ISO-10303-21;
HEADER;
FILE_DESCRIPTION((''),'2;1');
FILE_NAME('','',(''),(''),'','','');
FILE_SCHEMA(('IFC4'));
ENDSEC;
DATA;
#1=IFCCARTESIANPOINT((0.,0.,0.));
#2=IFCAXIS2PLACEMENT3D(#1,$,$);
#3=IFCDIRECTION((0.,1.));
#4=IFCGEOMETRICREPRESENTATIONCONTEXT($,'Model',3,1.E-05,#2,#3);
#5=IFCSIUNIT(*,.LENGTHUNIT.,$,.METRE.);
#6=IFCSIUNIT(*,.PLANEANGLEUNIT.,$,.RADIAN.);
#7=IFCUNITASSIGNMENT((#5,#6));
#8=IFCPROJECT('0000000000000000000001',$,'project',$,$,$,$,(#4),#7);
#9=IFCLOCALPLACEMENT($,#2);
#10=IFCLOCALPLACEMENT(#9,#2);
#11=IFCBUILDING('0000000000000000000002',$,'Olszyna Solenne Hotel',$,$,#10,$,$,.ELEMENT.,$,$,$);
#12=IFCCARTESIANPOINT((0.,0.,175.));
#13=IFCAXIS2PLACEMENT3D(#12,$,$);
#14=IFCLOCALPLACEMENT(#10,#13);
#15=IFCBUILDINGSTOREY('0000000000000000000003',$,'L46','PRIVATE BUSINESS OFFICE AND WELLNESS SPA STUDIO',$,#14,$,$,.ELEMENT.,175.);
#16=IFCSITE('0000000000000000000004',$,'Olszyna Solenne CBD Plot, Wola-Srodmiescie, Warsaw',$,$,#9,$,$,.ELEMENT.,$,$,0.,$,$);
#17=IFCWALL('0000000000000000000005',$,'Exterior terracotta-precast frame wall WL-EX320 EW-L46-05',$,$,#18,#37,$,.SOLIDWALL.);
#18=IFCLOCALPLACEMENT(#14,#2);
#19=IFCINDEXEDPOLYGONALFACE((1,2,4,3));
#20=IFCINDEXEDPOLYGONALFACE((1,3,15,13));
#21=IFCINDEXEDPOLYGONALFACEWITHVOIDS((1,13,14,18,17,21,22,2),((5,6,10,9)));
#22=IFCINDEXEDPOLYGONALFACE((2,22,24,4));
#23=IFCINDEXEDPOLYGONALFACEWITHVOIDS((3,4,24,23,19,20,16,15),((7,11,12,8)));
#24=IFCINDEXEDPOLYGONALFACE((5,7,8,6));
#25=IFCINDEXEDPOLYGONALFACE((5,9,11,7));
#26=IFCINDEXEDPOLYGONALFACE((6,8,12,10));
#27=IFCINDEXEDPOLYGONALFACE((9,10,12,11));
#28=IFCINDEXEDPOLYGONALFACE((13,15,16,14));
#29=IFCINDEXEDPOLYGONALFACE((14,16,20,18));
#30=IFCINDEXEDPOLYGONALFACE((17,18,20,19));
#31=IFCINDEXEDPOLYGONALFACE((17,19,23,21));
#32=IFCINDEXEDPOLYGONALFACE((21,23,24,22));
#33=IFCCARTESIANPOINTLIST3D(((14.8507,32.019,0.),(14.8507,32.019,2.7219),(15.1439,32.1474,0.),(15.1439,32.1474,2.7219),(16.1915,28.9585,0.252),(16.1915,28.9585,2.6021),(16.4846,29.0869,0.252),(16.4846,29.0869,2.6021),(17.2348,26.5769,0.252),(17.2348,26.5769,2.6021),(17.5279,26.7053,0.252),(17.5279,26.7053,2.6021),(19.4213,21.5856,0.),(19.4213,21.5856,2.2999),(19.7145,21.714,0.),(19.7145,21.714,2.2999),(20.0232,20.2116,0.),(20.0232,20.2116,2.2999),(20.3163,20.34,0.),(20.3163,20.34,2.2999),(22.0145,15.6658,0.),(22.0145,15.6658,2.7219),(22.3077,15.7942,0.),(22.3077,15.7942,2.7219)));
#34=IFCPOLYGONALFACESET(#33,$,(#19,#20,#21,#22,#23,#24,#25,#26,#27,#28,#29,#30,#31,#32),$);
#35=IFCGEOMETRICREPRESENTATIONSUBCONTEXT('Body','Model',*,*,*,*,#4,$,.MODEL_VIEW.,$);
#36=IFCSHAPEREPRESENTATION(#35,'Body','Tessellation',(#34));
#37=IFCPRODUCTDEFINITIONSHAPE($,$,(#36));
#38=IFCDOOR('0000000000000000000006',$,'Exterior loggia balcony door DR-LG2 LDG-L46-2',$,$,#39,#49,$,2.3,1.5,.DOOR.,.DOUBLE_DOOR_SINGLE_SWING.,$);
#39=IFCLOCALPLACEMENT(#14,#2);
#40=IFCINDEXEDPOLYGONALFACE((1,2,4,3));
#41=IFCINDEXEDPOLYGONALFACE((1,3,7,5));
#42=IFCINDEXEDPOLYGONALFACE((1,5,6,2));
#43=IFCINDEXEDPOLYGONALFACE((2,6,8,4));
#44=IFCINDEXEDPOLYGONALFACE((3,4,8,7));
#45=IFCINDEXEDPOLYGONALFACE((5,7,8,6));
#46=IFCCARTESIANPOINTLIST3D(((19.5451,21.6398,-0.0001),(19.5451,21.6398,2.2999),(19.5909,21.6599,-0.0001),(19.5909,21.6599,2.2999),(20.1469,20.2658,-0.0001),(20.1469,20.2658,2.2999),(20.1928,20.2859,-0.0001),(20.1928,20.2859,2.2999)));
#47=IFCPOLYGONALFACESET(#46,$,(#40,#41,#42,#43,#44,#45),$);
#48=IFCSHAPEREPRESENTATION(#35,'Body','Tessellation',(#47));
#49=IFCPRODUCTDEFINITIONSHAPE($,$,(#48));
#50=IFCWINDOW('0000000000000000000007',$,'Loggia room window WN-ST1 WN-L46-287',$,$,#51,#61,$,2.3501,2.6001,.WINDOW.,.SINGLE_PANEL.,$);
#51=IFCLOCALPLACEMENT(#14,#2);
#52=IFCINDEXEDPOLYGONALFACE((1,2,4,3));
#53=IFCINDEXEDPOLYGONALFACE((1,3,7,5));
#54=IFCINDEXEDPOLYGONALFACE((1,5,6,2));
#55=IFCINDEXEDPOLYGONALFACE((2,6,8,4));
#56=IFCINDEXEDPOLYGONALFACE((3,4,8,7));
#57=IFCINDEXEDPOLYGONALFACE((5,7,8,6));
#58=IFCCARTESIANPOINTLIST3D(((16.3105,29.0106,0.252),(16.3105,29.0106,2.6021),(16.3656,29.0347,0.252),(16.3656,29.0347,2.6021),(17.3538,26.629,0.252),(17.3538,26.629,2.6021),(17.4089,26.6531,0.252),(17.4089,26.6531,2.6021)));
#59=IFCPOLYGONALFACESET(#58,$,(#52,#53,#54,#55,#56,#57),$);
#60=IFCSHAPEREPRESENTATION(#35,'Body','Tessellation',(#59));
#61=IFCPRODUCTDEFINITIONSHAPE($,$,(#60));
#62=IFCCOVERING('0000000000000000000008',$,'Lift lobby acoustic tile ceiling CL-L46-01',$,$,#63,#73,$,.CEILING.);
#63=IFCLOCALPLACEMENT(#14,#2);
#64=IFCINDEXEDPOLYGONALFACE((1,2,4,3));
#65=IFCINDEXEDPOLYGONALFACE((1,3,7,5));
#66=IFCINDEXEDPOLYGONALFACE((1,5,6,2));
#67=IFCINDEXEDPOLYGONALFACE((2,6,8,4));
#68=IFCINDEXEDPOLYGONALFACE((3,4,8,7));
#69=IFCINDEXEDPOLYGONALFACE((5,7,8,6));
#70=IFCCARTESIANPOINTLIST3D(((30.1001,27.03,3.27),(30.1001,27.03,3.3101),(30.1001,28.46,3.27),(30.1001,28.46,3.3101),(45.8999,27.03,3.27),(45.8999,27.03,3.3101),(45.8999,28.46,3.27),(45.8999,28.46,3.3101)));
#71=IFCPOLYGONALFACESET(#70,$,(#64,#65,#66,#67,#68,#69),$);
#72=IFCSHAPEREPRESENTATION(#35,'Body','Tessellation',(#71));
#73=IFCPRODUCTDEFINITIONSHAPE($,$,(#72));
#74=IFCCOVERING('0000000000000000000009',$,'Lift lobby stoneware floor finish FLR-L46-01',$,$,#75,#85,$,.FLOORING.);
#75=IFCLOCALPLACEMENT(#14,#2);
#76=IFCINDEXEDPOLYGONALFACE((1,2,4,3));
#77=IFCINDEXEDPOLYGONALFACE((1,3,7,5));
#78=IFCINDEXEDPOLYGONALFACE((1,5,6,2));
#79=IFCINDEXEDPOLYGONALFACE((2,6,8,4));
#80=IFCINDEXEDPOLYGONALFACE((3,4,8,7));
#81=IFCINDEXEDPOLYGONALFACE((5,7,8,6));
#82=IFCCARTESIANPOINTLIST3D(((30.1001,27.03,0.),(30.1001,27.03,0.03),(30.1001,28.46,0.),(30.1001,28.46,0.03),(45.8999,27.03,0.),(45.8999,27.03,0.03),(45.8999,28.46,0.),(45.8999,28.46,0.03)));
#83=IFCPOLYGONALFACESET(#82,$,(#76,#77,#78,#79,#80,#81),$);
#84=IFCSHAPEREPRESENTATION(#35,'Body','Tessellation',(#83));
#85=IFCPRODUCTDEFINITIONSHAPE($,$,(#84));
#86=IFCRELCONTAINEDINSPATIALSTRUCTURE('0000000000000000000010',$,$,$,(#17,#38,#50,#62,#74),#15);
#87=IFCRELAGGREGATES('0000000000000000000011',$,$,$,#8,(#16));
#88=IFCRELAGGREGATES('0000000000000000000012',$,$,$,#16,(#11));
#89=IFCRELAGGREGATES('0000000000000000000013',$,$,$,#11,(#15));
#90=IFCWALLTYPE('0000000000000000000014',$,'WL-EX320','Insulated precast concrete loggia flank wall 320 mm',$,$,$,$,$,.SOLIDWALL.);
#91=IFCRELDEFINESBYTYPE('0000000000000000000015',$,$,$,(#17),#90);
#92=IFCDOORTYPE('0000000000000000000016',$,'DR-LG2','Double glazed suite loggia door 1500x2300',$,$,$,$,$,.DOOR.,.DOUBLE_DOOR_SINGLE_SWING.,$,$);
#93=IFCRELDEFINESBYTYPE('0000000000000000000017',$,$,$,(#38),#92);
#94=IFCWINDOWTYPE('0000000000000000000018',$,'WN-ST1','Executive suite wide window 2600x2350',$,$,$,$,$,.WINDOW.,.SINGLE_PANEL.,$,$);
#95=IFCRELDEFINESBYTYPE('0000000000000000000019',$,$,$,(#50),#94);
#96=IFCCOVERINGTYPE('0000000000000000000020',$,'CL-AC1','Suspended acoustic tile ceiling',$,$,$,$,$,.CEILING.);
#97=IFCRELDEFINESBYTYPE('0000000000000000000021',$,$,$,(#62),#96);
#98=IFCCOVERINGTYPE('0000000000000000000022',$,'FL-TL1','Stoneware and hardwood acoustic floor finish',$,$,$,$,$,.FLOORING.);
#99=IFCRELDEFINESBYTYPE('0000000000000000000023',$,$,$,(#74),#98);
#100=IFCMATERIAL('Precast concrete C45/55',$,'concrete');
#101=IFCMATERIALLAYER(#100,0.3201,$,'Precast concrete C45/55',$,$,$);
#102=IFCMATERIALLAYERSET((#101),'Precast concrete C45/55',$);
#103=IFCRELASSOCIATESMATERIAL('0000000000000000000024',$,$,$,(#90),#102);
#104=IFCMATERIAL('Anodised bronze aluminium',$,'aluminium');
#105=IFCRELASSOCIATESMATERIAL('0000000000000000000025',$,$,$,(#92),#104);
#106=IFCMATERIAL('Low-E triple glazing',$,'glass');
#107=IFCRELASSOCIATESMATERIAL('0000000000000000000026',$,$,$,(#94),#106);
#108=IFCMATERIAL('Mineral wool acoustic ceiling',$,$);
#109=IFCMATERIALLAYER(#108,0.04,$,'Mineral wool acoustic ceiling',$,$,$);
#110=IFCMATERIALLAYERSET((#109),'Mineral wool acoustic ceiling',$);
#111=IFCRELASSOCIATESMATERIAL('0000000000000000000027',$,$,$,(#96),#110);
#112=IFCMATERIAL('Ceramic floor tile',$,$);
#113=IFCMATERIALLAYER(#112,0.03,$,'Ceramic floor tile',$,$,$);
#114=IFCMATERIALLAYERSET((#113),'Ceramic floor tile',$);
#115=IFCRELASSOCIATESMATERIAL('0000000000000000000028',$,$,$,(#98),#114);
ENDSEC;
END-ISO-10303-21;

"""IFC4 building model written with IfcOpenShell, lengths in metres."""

from ifc_helpers import new_model, si_unit, direction, frame, frame_2d, origin, place, context, subcontext, project, spatial, polyline, rectangle, outline, extrude, source, transform, mapped, material, layer, layer_set, type_object, type_shapes, element, fill, save


model = new_model("IFC4")

# Units and contexts
model_context = context("Model", 3, precision=1e-05, world=origin(), true_north=direction((0.0, 1.0)))
body_context = subcontext(model_context, "Body", "Model", "MODEL_VIEW")
ifc_project = project(units=[si_unit("LENGTHUNIT", "METRE"), si_unit("PLANEANGLEUNIT", "RADIAN")], contexts=[model_context])

# Site, building, storey
site_placement = place(None, origin())
site = spatial("IfcSite", under=ifc_project, at=site_placement, Name="Olszyna Solenne CBD Plot, Wola-Srodmiescie, Warsaw", CompositionType="ELEMENT", RefElevation=0.0)
building_placement = place(site_placement, origin())
building = spatial("IfcBuilding", under=site, at=building_placement, Name="Olszyna Solenne Hotel", CompositionType="ELEMENT")
storey_placement = place(building_placement, frame((0.0, 0.0, 175.0)))
storey = spatial("IfcBuildingStorey", under=building, at=storey_placement, Name="L46", Description="PRIVATE BUSINESS OFFICE AND WELLNESS SPA STUDIO", CompositionType="ELEMENT", Elevation=175.0)

# Shared definitions
ifc_material_1 = material(Name="Anodised bronze aluminium", Category="aluminium")

# Shared definitions
ifc_material_2 = material(Name="Precast concrete C45/55", Category="concrete")

# Shared definitions
ifc_material_3 = material(Name="Low-E triple glazing", Category="glass")

# Wall, openings, door, window
ifc_layer_1 = layer(ifc_material_2, 0.3201, Name="Precast concrete C45/55")
ifc_layer_set_1 = layer_set([ifc_layer_1], Name="Precast concrete C45/55")
wall_type = type_object("IfcWallType", Name="WL-EX320", Description="Insulated precast concrete loggia flank wall 320 mm", PredefinedType="SOLIDWALL", material=ifc_layer_set_1)
wall_placement = place(storey_placement, frame((22.1611, 15.73, 0.0), z_axis=(0.0, 0.0, 1.0), x_axis=(-0.401254, 0.915967, 0.0)))
wall = element("IfcWall", 1, at=wall_placement, inside=storey, type_object=wall_type, Name="Exterior terracotta-precast frame wall WL-EX320 EW-L46-05", PredefinedType="SOLIDWALL", context=body_context, shape_type="SweptSolid", body=[
    extrude(rectangle(XDim=17.8535, YDim=0.3201, at=frame_2d((8.9268, 0.0))), origin(), (0.0, 0.0, 1.0), 2.7219),
])
opening_1_placement = place(wall_placement, frame((4.9629, 0.0, 0.0)))
opening_1 = element("IfcOpeningElement", 2, at=opening_1_placement, cuts=wall, PredefinedType="OPENING", context=body_context, shape_type="SweptSolid", body=[
    extrude(rectangle(XDim=1.5, YDim=2.3, at=frame_2d((0.75, 1.1499))), frame((0.0, 0.1699, 0.0), z_axis=(0.0, -1.0, 0.0), x_axis=(1.0, 0.0, 0.0)), (0.0, 0.0, 1.0), 0.3401),
])
opening_2_placement = place(wall_placement, frame((11.9121, 0.0, 0.252)))
opening_2 = element("IfcOpeningElement", 3, at=opening_2_placement, cuts=wall, PredefinedType="OPENING", context=body_context, shape_type="SweptSolid", body=[
    extrude(rectangle(XDim=2.6001, YDim=2.3501, at=frame_2d((1.3, 1.175))), frame((0.0, 0.1699, 0.0), z_axis=(0.0, -1.0, 0.0), x_axis=(1.0, 0.0, 0.0)), (0.0, 0.0, 1.0), 0.3401),
])
door_type = type_object("IfcDoorType", Name="DR-LG2", Description="Double glazed suite loggia door 1500x2300", OperationType="DOUBLE_DOOR_SINGLE_SWING", PredefinedType="DOOR", material=ifc_material_1)
shared_shape_1 = source(origin(), body_context, "Body", "SweptSolid", [
    extrude(rectangle(XDim=1.5, YDim=2.3, at=frame_2d((0.75, 1.1499))), frame((0.0, 0.0249, 0.0), z_axis=(0.0, -1.0, 0.0), x_axis=(1.0, 0.0, 0.0)), (0.0, 0.0, 1.0), 0.05),
])
type_shapes(door_type, [shared_shape_1])
door_placement = place(opening_1_placement, origin())
door = element("IfcDoor", 4, at=door_placement, inside=storey, type_object=door_type, Name="Exterior loggia balcony door DR-LG2 LDG-L46-2", OperationType="DOUBLE_DOOR_SINGLE_SWING", OverallHeight=2.3, OverallWidth=1.5, PredefinedType="DOOR", context=body_context, shape_type="MappedRepresentation", body=[
    mapped(shared_shape_1, transform((0.0, 0.0, 0.0), x_axis=(1.0, 0.0, 0.0), y_axis=(0.0, 1.0, 0.0), z_axis=(0.0, 0.0, 1.0), scale=1.0)),
])
fill(opening_1, door)
window_type = type_object("IfcWindowType", Name="WN-ST1", Description="Executive suite wide window 2600x2350", PartitioningType="SINGLE_PANEL", PredefinedType="WINDOW", material=ifc_material_3)
shared_shape_2 = source(origin(), body_context, "Body", "SweptSolid", [
    extrude(rectangle(XDim=2.6001, YDim=2.3501, at=frame_2d((1.3, 1.175))), frame((0.0, 0.03, 0.0), z_axis=(0.0, -1.0, 0.0), x_axis=(1.0, 0.0, 0.0)), (0.0, 0.0, 1.0), 0.0601),
])
type_shapes(window_type, [shared_shape_2])
window_placement = place(opening_2_placement, origin())
window = element("IfcWindow", 5, at=window_placement, inside=storey, type_object=window_type, Name="Loggia room window WN-ST1 WN-L46-287", OverallHeight=2.3501, OverallWidth=2.6001, PartitioningType="SINGLE_PANEL", PredefinedType="WINDOW", context=body_context, shape_type="MappedRepresentation", body=[
    mapped(shared_shape_2, transform((0.0, 0.0, 0.0), x_axis=(1.0, 0.0, 0.0), y_axis=(0.0, 1.0, 0.0), z_axis=(0.0, 0.0, 1.0), scale=1.0)),
])
fill(opening_2, window)

# Coverings
ifc_material_4 = material(Name="Mineral wool acoustic ceiling")
ifc_layer_2 = layer(ifc_material_4, 0.04, Name="Mineral wool acoustic ceiling")
ifc_layer_set_2 = layer_set([ifc_layer_2], Name="Mineral wool acoustic ceiling")
covering_type_1 = type_object("IfcCoveringType", Name="CL-AC1", Description="Suspended acoustic tile ceiling", PredefinedType="CEILING", material=ifc_layer_set_2)
covering_1_placement = place(storey_placement, frame((0.0, 0.0, 3.27)))
element("IfcCovering", 6, at=covering_1_placement, inside=storey, type_object=covering_type_1, Name="Lift lobby acoustic tile ceiling CL-L46-01", PredefinedType="CEILING", context=body_context, shape_type="SweptSolid", body=[
    extrude(outline(polyline([(30.1001, 27.03), (45.8999, 27.03), (45.8999, 28.46), (30.1001, 28.46), (30.1001, 27.03)])), origin(), (0.0, 0.0, 1.0), 0.04),
])
ifc_material_5 = material(Name="Ceramic floor tile")
ifc_layer_3 = layer(ifc_material_5, 0.03, Name="Ceramic floor tile")
ifc_layer_set_3 = layer_set([ifc_layer_3], Name="Ceramic floor tile")
covering_type_2 = type_object("IfcCoveringType", Name="FL-TL1", Description="Stoneware and hardwood acoustic floor finish", PredefinedType="FLOORING", material=ifc_layer_set_3)
covering_2_placement = place(storey_placement, origin())
element("IfcCovering", 7, at=covering_2_placement, inside=storey, type_object=covering_type_2, Name="Lift lobby stoneware floor finish FLR-L46-01", PredefinedType="FLOORING", context=body_context, shape_type="SweptSolid", body=[
    extrude(outline(polyline([(30.1001, 27.03), (45.8999, 27.03), (45.8999, 28.46), (30.1001, 28.46), (30.1001, 27.03)])), origin(), (0.0, 0.0, 1.0), 0.03),
])

save(model, "model.ifc")
